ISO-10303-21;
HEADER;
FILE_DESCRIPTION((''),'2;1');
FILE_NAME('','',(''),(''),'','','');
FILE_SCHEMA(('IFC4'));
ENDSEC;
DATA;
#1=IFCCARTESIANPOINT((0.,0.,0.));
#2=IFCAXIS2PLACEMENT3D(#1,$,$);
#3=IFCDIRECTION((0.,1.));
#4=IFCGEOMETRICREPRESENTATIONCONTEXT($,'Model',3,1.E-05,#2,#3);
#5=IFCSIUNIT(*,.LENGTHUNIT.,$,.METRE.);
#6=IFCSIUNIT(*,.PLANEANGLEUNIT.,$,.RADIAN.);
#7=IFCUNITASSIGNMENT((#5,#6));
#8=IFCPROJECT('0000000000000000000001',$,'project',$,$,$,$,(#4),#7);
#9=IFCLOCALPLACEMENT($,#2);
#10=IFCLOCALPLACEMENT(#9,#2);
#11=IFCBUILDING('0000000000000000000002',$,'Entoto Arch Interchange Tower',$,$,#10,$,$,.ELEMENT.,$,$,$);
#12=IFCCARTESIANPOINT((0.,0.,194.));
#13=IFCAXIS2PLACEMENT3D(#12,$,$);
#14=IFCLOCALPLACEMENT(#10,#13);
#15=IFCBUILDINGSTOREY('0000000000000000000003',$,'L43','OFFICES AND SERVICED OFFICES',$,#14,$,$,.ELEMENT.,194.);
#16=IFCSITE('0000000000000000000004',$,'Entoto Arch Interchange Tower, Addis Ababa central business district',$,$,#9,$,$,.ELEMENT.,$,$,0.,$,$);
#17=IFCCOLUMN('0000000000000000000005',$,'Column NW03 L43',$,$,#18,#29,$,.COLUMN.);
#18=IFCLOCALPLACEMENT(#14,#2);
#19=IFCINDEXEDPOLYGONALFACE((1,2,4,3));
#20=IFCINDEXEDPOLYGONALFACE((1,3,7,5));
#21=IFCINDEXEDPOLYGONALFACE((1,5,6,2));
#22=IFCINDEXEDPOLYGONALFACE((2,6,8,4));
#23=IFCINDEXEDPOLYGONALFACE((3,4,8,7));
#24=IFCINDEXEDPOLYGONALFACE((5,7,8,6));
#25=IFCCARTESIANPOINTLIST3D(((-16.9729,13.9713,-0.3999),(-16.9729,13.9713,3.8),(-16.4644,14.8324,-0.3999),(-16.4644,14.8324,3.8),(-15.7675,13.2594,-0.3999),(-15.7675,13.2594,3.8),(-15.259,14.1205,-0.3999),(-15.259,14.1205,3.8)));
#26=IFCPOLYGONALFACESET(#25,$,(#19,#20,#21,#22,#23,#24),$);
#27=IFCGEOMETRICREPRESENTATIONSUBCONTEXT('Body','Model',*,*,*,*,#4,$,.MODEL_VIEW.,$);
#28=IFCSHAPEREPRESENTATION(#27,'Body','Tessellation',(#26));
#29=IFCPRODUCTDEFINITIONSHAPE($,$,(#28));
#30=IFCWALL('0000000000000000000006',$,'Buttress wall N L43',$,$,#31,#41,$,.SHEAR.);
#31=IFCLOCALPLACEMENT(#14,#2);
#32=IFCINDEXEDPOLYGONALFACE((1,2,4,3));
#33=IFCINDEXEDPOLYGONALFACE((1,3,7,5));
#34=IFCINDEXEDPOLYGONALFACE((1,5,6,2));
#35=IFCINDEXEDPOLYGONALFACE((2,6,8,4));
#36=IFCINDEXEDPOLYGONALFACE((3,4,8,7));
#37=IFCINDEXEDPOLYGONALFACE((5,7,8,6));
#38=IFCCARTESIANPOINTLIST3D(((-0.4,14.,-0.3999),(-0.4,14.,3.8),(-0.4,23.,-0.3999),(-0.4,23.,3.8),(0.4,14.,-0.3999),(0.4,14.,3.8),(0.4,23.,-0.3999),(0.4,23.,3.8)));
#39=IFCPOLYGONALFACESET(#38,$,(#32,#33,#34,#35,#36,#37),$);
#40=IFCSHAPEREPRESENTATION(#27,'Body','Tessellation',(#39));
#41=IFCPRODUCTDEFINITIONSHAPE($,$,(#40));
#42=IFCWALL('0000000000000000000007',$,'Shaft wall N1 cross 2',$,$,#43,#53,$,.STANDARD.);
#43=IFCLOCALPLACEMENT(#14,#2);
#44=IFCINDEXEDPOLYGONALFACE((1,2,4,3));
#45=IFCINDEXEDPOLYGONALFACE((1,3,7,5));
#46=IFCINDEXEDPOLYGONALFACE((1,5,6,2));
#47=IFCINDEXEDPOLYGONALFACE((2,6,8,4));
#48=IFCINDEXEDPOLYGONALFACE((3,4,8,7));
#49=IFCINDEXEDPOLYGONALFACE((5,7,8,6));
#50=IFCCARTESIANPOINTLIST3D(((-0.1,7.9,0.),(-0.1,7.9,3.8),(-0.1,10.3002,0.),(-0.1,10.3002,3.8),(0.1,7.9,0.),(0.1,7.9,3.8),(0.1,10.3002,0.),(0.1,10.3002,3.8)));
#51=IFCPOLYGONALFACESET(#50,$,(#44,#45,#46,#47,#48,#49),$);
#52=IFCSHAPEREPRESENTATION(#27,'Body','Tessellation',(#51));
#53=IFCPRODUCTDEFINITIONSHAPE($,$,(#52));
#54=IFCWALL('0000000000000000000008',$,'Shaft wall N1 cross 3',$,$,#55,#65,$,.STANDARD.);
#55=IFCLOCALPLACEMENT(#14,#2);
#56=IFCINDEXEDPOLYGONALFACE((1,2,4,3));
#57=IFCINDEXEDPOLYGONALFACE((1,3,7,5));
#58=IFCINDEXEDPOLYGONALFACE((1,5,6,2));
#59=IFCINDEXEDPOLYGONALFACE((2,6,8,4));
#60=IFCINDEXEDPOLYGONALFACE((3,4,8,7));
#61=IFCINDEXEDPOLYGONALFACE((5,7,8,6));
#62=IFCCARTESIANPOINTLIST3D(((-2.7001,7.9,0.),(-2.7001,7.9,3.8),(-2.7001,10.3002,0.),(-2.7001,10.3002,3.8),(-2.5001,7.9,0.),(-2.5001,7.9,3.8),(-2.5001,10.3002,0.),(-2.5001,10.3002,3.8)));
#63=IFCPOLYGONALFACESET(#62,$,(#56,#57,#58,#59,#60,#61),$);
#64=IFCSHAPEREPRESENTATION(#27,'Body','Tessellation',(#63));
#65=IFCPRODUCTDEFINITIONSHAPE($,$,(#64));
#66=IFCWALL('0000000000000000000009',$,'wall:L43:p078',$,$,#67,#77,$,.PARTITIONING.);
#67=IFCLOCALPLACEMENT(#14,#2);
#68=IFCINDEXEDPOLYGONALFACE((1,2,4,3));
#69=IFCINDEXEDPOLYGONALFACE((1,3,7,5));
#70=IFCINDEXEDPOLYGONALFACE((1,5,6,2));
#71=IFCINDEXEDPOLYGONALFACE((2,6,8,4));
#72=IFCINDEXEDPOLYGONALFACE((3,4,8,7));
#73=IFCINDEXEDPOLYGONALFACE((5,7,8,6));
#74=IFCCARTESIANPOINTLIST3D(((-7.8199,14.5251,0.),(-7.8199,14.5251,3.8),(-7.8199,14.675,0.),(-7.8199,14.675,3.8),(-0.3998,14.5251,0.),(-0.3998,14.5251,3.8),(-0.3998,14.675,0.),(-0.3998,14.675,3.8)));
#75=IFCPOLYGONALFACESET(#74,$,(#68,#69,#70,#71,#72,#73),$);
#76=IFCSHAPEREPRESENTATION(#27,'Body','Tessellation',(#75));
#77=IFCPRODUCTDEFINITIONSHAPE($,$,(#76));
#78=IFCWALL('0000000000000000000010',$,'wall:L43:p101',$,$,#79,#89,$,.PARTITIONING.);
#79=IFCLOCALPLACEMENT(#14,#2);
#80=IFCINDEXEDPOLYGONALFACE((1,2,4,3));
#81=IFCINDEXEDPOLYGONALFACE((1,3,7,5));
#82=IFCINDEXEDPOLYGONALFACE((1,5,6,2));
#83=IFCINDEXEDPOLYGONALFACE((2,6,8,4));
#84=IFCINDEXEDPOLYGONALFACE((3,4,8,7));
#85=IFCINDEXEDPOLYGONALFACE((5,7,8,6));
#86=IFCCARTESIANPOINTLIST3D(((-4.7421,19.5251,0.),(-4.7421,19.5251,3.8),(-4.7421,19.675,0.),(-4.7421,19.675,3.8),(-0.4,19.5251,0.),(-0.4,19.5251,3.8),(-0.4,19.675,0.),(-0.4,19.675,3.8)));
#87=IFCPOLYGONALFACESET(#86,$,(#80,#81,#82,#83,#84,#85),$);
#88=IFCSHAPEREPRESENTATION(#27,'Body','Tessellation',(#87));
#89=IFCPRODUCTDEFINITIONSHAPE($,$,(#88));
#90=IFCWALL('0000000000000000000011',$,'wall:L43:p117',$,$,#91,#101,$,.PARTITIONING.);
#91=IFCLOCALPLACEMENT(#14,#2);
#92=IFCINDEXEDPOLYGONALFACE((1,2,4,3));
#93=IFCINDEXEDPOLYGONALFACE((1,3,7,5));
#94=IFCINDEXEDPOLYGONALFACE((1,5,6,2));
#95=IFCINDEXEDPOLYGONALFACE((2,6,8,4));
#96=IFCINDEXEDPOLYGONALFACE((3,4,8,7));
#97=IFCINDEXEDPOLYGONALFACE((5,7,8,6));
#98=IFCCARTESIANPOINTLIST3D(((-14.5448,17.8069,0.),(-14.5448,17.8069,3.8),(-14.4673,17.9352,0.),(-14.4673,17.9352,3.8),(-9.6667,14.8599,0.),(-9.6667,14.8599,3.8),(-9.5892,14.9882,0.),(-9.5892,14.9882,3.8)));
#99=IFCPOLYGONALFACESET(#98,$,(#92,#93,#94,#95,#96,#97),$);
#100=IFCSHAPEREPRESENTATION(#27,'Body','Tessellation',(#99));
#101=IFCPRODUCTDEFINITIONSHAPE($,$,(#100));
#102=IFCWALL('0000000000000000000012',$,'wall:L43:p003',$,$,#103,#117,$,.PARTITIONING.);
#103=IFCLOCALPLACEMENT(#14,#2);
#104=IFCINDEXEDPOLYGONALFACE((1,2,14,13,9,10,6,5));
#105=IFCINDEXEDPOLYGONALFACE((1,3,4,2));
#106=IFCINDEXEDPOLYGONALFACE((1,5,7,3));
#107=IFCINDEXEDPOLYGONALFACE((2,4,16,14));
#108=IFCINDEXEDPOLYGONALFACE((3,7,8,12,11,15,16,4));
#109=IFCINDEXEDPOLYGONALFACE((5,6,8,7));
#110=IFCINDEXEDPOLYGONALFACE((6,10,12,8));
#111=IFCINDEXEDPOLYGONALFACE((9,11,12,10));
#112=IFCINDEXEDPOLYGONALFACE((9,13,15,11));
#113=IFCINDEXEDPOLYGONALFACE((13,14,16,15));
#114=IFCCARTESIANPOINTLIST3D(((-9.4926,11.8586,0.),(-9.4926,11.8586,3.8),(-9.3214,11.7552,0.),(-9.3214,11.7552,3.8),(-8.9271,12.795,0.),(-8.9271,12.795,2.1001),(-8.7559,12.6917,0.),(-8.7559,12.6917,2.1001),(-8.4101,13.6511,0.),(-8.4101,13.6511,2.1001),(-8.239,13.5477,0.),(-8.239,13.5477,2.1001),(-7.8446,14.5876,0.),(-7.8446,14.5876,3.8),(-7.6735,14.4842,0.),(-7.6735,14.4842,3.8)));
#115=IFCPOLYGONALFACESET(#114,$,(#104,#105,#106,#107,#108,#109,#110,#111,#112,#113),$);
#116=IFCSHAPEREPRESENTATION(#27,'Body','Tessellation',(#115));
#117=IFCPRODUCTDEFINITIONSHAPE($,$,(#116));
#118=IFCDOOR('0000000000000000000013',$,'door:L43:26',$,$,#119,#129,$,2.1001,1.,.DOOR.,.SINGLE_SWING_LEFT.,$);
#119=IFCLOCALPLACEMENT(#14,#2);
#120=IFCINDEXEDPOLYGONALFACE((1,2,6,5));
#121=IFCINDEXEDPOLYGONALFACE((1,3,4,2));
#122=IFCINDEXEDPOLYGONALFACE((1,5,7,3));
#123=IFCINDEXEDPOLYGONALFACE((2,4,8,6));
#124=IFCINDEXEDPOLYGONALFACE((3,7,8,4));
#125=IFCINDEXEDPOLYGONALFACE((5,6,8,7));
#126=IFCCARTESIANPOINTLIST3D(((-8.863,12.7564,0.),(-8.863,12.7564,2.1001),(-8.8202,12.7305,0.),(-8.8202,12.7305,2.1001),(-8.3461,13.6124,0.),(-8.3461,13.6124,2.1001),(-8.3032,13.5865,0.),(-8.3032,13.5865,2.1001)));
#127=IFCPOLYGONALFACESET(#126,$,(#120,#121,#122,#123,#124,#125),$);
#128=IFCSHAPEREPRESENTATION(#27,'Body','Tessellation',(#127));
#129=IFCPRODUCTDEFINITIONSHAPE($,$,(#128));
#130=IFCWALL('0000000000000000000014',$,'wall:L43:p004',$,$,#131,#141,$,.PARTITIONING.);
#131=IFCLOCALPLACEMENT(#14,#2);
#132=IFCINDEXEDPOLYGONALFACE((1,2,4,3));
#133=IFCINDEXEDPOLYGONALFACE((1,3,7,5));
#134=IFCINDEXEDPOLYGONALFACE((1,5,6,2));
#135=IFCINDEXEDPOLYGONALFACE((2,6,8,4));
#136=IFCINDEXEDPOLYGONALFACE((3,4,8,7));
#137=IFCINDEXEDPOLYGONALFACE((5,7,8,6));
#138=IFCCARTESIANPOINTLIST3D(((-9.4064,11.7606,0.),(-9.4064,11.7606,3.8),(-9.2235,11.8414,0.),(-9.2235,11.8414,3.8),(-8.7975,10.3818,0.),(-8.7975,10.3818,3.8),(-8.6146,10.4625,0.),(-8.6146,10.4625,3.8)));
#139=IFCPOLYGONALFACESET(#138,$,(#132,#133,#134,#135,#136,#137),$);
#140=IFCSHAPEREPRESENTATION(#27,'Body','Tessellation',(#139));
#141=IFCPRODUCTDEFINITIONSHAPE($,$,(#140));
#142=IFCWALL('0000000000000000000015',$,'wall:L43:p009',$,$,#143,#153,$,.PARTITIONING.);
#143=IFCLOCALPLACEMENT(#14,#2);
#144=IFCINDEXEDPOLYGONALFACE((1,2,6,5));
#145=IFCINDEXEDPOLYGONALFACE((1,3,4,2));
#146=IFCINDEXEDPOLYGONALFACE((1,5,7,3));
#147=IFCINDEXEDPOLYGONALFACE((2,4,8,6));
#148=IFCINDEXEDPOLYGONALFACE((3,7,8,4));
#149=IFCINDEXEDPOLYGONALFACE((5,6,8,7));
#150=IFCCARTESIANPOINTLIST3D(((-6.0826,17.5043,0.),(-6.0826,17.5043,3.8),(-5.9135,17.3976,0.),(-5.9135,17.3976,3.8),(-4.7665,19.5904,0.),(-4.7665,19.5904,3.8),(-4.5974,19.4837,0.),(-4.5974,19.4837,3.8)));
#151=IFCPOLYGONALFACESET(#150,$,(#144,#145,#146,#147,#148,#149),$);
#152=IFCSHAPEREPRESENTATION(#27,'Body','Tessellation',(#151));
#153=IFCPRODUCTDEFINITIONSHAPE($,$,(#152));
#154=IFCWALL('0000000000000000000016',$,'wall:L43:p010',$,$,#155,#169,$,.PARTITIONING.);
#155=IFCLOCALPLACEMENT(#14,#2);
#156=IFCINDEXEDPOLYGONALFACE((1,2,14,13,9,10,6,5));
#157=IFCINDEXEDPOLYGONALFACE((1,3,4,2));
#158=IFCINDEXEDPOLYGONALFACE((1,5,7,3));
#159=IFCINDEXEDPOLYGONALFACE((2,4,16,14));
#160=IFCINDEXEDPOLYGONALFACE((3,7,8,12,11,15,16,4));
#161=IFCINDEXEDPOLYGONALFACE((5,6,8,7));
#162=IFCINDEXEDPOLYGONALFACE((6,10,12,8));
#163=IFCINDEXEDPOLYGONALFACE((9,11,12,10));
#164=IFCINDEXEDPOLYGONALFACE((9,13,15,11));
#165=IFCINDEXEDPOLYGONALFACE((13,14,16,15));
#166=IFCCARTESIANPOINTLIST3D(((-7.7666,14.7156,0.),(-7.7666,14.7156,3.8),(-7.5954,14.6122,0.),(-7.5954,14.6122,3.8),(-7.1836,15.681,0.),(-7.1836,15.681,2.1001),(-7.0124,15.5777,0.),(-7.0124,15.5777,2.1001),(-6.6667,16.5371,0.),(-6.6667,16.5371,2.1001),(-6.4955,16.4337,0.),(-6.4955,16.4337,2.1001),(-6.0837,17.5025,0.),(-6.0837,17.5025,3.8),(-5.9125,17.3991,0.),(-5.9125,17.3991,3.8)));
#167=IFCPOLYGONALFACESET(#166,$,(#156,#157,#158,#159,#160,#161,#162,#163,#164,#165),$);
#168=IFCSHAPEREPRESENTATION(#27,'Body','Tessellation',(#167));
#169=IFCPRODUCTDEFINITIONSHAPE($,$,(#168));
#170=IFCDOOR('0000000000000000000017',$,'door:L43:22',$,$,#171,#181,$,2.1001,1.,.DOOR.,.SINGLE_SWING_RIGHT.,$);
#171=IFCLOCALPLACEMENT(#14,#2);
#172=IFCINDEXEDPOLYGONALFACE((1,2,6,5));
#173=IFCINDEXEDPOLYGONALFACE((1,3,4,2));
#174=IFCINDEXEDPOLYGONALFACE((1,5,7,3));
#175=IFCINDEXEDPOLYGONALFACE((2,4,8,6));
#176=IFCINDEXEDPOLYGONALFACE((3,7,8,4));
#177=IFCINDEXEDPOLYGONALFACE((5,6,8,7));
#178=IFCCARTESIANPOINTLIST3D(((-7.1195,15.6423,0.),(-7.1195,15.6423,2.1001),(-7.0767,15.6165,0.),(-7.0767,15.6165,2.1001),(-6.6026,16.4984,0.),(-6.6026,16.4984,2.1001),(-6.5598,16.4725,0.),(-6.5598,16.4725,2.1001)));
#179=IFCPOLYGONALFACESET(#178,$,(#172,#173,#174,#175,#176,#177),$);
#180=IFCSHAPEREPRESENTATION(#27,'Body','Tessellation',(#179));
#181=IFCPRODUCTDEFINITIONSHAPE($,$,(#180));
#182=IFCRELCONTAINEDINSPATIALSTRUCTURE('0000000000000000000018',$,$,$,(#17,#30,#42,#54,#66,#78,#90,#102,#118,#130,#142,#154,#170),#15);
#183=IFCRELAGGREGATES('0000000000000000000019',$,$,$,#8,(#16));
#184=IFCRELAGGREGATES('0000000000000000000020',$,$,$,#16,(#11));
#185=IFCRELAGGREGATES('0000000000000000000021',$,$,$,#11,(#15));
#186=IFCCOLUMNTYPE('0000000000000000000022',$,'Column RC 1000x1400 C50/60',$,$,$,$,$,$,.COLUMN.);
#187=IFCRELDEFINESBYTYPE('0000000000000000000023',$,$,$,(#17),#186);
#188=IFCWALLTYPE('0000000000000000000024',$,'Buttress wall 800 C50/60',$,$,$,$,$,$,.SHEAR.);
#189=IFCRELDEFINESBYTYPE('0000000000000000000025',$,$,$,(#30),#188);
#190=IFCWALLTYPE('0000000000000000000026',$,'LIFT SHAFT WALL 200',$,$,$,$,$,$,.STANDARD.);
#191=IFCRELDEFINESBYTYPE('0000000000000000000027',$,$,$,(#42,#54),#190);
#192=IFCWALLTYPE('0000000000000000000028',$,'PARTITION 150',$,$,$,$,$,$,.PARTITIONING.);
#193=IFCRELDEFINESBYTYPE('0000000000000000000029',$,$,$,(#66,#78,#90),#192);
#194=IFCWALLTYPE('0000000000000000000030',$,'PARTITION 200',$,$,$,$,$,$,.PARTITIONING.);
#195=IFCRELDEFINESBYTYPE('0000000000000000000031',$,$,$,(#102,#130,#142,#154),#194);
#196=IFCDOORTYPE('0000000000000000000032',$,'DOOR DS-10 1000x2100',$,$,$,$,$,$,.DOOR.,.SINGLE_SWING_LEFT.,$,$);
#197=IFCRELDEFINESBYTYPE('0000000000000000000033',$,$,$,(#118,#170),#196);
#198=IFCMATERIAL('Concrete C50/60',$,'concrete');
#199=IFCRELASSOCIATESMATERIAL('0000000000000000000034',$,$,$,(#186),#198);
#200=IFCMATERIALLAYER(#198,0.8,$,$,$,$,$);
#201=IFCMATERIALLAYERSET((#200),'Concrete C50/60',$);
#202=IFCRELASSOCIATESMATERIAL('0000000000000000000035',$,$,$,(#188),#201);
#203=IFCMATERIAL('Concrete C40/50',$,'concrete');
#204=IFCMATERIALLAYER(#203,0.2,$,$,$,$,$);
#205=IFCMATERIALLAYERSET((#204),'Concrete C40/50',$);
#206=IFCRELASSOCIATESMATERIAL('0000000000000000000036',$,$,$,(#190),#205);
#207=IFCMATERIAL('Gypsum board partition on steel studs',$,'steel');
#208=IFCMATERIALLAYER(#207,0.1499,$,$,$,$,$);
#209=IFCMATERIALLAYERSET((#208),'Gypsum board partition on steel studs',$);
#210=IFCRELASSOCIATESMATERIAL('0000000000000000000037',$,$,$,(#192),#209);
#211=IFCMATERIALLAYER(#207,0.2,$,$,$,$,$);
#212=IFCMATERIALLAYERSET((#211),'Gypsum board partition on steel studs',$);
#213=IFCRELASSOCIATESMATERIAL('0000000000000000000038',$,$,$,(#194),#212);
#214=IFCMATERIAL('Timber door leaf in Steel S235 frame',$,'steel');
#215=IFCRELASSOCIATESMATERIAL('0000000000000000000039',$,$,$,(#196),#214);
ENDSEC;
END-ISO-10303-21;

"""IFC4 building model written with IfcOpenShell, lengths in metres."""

from ifc_helpers import new_model, si_unit, direction, frame, frame_2d, origin, origin_2d, place, context, subcontext, project, spatial, rectangle, extrude, material, layer, layer_set, material_profile, profile_set, type_object, element, fill, save


model = new_model("IFC4")

# Units and contexts
model_context = context("Model", 3, precision=1e-05, world=origin(), true_north=direction((0.0, 1.0)))
body_context = subcontext(model_context, "Body", "Model", "MODEL_VIEW")
ifc_project = project(units=[si_unit("LENGTHUNIT", "METRE"), si_unit("PLANEANGLEUNIT", "RADIAN")], contexts=[model_context])

# Site, building, storey
site_placement = place(None, origin())
site = spatial("IfcSite", under=ifc_project, at=site_placement, Name="Entoto Arch Interchange Tower, Addis Ababa central business district", CompositionType="ELEMENT", RefElevation=0.0)
building_placement = place(site_placement, origin())
building = spatial("IfcBuilding", under=site, at=building_placement, Name="Entoto Arch Interchange Tower", CompositionType="ELEMENT")
storey_placement = place(building_placement, frame((0.0, 0.0, 194.0)))
storey = spatial("IfcBuildingStorey", under=building, at=storey_placement, Name="L43", Description="OFFICES AND SERVICED OFFICES", CompositionType="ELEMENT", Elevation=194.0)

# Column
ifc_material_1 = material(Name="Concrete C50/60", Category="concrete")
ifc_material_profile = material_profile(ifc_material_1, rectangle(XDim=1.0, YDim=1.3999, at=origin_2d()))
ifc_profile_set = profile_set([ifc_material_profile], Name="Concrete C50/60")
column_type = type_object("IfcColumnType", Name="Column RC 1000x1400 C50/60", PredefinedType="COLUMN", material=ifc_profile_set)
column_placement = place(storey_placement, frame((-16.116, 14.0459, -0.3999), z_axis=(0.0, 0.0, 1.0), x_axis=(0.508516, 0.861053, 0.0)))
element("IfcColumn", 1, at=column_placement, inside=storey, type_object=column_type, Name="Column NW03 L43", PredefinedType="COLUMN", context=body_context, shape_type="SweptSolid", body=[
    extrude(rectangle(XDim=1.0, YDim=1.3999, at=origin_2d()), origin(), (0.0, 0.0, 1.0), 4.2),
])

# Walls
ifc_layer_1 = layer(ifc_material_1, 0.8)
ifc_layer_set_1 = layer_set([ifc_layer_1], Name="Concrete C50/60")
wall_type_1 = type_object("IfcWallType", Name="Buttress wall 800 C50/60", PredefinedType="SHEAR", material=ifc_layer_set_1)
wall_1_placement = place(storey_placement, frame((0.0, 14.0, -0.3999), z_axis=(0.0, 0.0, 1.0), x_axis=(0.0, 1.0, 0.0)))
element("IfcWall", 2, at=wall_1_placement, inside=storey, type_object=wall_type_1, Name="Buttress wall N L43", PredefinedType="SHEAR", context=body_context, shape_type="SweptSolid", body=[
    extrude(rectangle(XDim=9.0, YDim=0.8, at=frame_2d((4.5, 0.0))), origin(), (0.0, 0.0, 1.0), 4.2),
])
ifc_material_2 = material(Name="Concrete C40/50", Category="concrete")
ifc_layer_2 = layer(ifc_material_2, 0.2)
ifc_layer_set_2 = layer_set([ifc_layer_2], Name="Concrete C40/50")
wall_type_2 = type_object("IfcWallType", Name="LIFT SHAFT WALL 200", PredefinedType="STANDARD", material=ifc_layer_set_2)
for number, where, z_axis, x_axis, name in (
    (3, (0.0, 7.8999, 0.0), (0.0, 0.0, 1.0), (0.0, 1.0, 0.0), "Shaft wall N1 cross 2"),
    (4, (-2.6001, 7.8999, 0.0), (0.0, 0.0, 1.0), (0.0, 1.0, 0.0), "Shaft wall N1 cross 3"),
):
    element("IfcWall", number, at=place(storey_placement, frame(where, z_axis=z_axis, x_axis=x_axis)), inside=storey, type_object=wall_type_2, Name=name, PredefinedType="STANDARD", context=body_context, shape_type="SweptSolid", body=[
        extrude(rectangle(XDim=2.4001, YDim=0.2, at=frame_2d((1.2002, 0.0))), origin(), (0.0, 0.0, 1.0), 3.8),
    ])
ifc_material_3 = material(Name="Gypsum board partition on steel studs", Category="steel")
ifc_layer_3 = layer(ifc_material_3, 0.1499)
ifc_layer_set_3 = layer_set([ifc_layer_3], Name="Gypsum board partition on steel studs")
wall_type_3 = type_object("IfcWallType", Name="PARTITION 150", PredefinedType="PARTITIONING", material=ifc_layer_set_3)
wall_2_placement = place(storey_placement, frame((-0.3999, 14.6001, 0.0), z_axis=(0.0, 0.0, 1.0), x_axis=(-1.0, 0.0, 0.0)))
element("IfcWall", 5, at=wall_2_placement, inside=storey, type_object=wall_type_3, Name="wall:L43:p078", PredefinedType="PARTITIONING", context=body_context, shape_type="SweptSolid", body=[
    extrude(rectangle(XDim=7.4202, YDim=0.1499, at=frame_2d((3.71, 0.0))), origin(), (0.0, 0.0, 1.0), 3.8),
])
wall_3_placement = place(storey_placement, frame((-4.7419, 19.6001, 0.0), z_axis=(0.0, 0.0, 1.0), x_axis=(1.0, 0.0, 0.0)))
element("IfcWall", 6, at=wall_3_placement, inside=storey, type_object=wall_type_3, Name="wall:L43:p101", PredefinedType="PARTITIONING", context=body_context, shape_type="SweptSolid", body=[
    extrude(rectangle(XDim=4.342, YDim=0.1499, at=frame_2d((2.1709, 0.0))), origin(), (0.0, 0.0, 1.0), 3.8),
])
wall_4_placement = place(storey_placement, frame((-9.6279, 14.9241, 0.0), z_axis=(0.0, 0.0, 1.0), x_axis=(-0.855932, 0.517089, 0.0)))
element("IfcWall", 7, at=wall_4_placement, inside=storey, type_object=wall_type_3, Name="wall:L43:p117", PredefinedType="PARTITIONING", context=body_context, shape_type="SweptSolid", body=[
    extrude(rectangle(XDim=5.6992, YDim=0.1499, at=frame_2d((2.8496, 0.0))), origin(), (0.0, 0.0, 1.0), 3.8),
])

# Wall, opening, door
ifc_layer_4 = layer(ifc_material_3, 0.2)
ifc_layer_set_4 = layer_set([ifc_layer_4], Name="Gypsum board partition on steel studs")
wall_type_4 = type_object("IfcWallType", Name="PARTITION 200", PredefinedType="PARTITIONING", material=ifc_layer_set_4)
wall_5_placement = place(storey_placement, frame((-7.759, 14.5359, 0.0), z_axis=(0.0, 0.0, 1.0), x_axis=(-0.516926, -0.85603, 0.0)))
wall_5 = element("IfcWall", 8, at=wall_5_placement, inside=storey, type_object=wall_type_4, Name="wall:L43:p003", PredefinedType="PARTITIONING", context=body_context, shape_type="SweptSolid", body=[
    extrude(rectangle(XDim=3.188, YDim=0.2, at=frame_2d((1.594, 0.0))), origin(), (0.0, 0.0, 1.0), 3.8),
])
opening_1_placement = place(wall_5_placement, frame((1.094, 0.0, 0.0)))
opening_1 = element("IfcOpeningElement", 9, at=opening_1_placement, cuts=wall_5, PredefinedType="OPENING", context=body_context, shape_type="SweptSolid", body=[
    extrude(rectangle(XDim=1.0, YDim=2.1001, at=frame_2d((0.5, 1.05))), frame((0.0, 0.1099, 0.0), z_axis=(0.0, -1.0, 0.0), x_axis=(1.0, 0.0, 0.0)), (0.0, 0.0, 1.0), 0.22),
])
ifc_material_4 = material(Name="Timber door leaf in Steel S235 frame", Category="steel")
door_type_1 = type_object("IfcDoorType", Name="DOOR DS-10 1000x2100", OperationType="SINGLE_SWING_LEFT", PredefinedType="DOOR", material=ifc_material_4)
door_1_placement = place(opening_1_placement, origin())
door_1 = element("IfcDoor", 10, at=door_1_placement, inside=storey, type_object=door_type_1, Name="door:L43:26", OperationType="SINGLE_SWING_LEFT", OverallHeight=2.1001, OverallWidth=1.0, PredefinedType="DOOR", context=body_context, shape_type="SweptSolid", body=[
    extrude(rectangle(XDim=1.0, YDim=2.1001, at=frame_2d((0.5, 1.05))), frame((0.0, 0.0249, 0.0), z_axis=(0.0, -1.0, 0.0), x_axis=(1.0, 0.0, 0.0)), (0.0, 0.0, 1.0), 0.05),
])
fill(opening_1, door_1)

# Walls
wall_6_placement = place(storey_placement, frame((-9.3149, 11.801, 0.0), z_axis=(0.0, 0.0, 1.0), x_axis=(0.403943, -0.914784, 0.0)))
element("IfcWall", 11, at=wall_6_placement, inside=storey, type_object=wall_type_4, Name="wall:L43:p004", PredefinedType="PARTITIONING", context=body_context, shape_type="SweptSolid", body=[
    extrude(rectangle(XDim=1.5073, YDim=0.2, at=frame_2d((0.7537, 0.0))), origin(), (0.0, 0.0, 1.0), 3.8),
])
wall_7_placement = place(storey_placement, frame((-4.6819, 19.5371, 0.0), z_axis=(0.0, 0.0, 1.0), x_axis=(-0.53358, -0.84575, 0.0)))
element("IfcWall", 12, at=wall_7_placement, inside=storey, type_object=wall_type_4, Name="wall:L43:p009", PredefinedType="PARTITIONING", context=body_context, shape_type="SweptSolid", body=[
    extrude(rectangle(XDim=2.4666, YDim=0.2, at=frame_2d((1.2334, 0.0))), origin(), (0.0, 0.0, 1.0), 3.8),
])

# Wall, opening, door
wall_8_placement = place(storey_placement, frame((-5.998, 17.4509, 0.0), z_axis=(0.0, 0.0, 1.0), x_axis=(-0.51692, -0.856034, 0.0)))
wall_8 = element("IfcWall", 13, at=wall_8_placement, inside=storey, type_object=wall_type_4, Name="wall:L43:p010", PredefinedType="PARTITIONING", context=body_context, shape_type="SweptSolid", body=[
    extrude(rectangle(XDim=3.2556, YDim=0.2, at=frame_2d((1.6279, 0.0))), origin(), (0.0, 0.0, 1.0), 3.8),
])
opening_2_placement = place(wall_8_placement, frame((1.1279, 0.0, 0.0)))
opening_2 = element("IfcOpeningElement", 14, at=opening_2_placement, cuts=wall_8, PredefinedType="OPENING", context=body_context, shape_type="SweptSolid", body=[
    extrude(rectangle(XDim=1.0, YDim=2.1001, at=frame_2d((0.5, 1.05))), frame((0.0, 0.1099, 0.0), z_axis=(0.0, -1.0, 0.0), x_axis=(1.0, 0.0, 0.0)), (0.0, 0.0, 1.0), 0.22),
])
door_2_placement = place(opening_2_placement, origin())
door_2 = element("IfcDoor", 15, at=door_2_placement, inside=storey, type_object=door_type_1, Name="door:L43:22", OperationType="SINGLE_SWING_RIGHT", OverallHeight=2.1001, OverallWidth=1.0, PredefinedType="DOOR", context=body_context, shape_type="SweptSolid", body=[
    extrude(rectangle(XDim=1.0, YDim=2.1001, at=frame_2d((0.5, 1.05))), frame((0.0, 0.0249, 0.0), z_axis=(0.0, -1.0, 0.0), x_axis=(1.0, 0.0, 0.0)), (0.0, 0.0, 1.0), 0.05),
])
fill(opening_2, door_2)

save(model, "model.ifc")
